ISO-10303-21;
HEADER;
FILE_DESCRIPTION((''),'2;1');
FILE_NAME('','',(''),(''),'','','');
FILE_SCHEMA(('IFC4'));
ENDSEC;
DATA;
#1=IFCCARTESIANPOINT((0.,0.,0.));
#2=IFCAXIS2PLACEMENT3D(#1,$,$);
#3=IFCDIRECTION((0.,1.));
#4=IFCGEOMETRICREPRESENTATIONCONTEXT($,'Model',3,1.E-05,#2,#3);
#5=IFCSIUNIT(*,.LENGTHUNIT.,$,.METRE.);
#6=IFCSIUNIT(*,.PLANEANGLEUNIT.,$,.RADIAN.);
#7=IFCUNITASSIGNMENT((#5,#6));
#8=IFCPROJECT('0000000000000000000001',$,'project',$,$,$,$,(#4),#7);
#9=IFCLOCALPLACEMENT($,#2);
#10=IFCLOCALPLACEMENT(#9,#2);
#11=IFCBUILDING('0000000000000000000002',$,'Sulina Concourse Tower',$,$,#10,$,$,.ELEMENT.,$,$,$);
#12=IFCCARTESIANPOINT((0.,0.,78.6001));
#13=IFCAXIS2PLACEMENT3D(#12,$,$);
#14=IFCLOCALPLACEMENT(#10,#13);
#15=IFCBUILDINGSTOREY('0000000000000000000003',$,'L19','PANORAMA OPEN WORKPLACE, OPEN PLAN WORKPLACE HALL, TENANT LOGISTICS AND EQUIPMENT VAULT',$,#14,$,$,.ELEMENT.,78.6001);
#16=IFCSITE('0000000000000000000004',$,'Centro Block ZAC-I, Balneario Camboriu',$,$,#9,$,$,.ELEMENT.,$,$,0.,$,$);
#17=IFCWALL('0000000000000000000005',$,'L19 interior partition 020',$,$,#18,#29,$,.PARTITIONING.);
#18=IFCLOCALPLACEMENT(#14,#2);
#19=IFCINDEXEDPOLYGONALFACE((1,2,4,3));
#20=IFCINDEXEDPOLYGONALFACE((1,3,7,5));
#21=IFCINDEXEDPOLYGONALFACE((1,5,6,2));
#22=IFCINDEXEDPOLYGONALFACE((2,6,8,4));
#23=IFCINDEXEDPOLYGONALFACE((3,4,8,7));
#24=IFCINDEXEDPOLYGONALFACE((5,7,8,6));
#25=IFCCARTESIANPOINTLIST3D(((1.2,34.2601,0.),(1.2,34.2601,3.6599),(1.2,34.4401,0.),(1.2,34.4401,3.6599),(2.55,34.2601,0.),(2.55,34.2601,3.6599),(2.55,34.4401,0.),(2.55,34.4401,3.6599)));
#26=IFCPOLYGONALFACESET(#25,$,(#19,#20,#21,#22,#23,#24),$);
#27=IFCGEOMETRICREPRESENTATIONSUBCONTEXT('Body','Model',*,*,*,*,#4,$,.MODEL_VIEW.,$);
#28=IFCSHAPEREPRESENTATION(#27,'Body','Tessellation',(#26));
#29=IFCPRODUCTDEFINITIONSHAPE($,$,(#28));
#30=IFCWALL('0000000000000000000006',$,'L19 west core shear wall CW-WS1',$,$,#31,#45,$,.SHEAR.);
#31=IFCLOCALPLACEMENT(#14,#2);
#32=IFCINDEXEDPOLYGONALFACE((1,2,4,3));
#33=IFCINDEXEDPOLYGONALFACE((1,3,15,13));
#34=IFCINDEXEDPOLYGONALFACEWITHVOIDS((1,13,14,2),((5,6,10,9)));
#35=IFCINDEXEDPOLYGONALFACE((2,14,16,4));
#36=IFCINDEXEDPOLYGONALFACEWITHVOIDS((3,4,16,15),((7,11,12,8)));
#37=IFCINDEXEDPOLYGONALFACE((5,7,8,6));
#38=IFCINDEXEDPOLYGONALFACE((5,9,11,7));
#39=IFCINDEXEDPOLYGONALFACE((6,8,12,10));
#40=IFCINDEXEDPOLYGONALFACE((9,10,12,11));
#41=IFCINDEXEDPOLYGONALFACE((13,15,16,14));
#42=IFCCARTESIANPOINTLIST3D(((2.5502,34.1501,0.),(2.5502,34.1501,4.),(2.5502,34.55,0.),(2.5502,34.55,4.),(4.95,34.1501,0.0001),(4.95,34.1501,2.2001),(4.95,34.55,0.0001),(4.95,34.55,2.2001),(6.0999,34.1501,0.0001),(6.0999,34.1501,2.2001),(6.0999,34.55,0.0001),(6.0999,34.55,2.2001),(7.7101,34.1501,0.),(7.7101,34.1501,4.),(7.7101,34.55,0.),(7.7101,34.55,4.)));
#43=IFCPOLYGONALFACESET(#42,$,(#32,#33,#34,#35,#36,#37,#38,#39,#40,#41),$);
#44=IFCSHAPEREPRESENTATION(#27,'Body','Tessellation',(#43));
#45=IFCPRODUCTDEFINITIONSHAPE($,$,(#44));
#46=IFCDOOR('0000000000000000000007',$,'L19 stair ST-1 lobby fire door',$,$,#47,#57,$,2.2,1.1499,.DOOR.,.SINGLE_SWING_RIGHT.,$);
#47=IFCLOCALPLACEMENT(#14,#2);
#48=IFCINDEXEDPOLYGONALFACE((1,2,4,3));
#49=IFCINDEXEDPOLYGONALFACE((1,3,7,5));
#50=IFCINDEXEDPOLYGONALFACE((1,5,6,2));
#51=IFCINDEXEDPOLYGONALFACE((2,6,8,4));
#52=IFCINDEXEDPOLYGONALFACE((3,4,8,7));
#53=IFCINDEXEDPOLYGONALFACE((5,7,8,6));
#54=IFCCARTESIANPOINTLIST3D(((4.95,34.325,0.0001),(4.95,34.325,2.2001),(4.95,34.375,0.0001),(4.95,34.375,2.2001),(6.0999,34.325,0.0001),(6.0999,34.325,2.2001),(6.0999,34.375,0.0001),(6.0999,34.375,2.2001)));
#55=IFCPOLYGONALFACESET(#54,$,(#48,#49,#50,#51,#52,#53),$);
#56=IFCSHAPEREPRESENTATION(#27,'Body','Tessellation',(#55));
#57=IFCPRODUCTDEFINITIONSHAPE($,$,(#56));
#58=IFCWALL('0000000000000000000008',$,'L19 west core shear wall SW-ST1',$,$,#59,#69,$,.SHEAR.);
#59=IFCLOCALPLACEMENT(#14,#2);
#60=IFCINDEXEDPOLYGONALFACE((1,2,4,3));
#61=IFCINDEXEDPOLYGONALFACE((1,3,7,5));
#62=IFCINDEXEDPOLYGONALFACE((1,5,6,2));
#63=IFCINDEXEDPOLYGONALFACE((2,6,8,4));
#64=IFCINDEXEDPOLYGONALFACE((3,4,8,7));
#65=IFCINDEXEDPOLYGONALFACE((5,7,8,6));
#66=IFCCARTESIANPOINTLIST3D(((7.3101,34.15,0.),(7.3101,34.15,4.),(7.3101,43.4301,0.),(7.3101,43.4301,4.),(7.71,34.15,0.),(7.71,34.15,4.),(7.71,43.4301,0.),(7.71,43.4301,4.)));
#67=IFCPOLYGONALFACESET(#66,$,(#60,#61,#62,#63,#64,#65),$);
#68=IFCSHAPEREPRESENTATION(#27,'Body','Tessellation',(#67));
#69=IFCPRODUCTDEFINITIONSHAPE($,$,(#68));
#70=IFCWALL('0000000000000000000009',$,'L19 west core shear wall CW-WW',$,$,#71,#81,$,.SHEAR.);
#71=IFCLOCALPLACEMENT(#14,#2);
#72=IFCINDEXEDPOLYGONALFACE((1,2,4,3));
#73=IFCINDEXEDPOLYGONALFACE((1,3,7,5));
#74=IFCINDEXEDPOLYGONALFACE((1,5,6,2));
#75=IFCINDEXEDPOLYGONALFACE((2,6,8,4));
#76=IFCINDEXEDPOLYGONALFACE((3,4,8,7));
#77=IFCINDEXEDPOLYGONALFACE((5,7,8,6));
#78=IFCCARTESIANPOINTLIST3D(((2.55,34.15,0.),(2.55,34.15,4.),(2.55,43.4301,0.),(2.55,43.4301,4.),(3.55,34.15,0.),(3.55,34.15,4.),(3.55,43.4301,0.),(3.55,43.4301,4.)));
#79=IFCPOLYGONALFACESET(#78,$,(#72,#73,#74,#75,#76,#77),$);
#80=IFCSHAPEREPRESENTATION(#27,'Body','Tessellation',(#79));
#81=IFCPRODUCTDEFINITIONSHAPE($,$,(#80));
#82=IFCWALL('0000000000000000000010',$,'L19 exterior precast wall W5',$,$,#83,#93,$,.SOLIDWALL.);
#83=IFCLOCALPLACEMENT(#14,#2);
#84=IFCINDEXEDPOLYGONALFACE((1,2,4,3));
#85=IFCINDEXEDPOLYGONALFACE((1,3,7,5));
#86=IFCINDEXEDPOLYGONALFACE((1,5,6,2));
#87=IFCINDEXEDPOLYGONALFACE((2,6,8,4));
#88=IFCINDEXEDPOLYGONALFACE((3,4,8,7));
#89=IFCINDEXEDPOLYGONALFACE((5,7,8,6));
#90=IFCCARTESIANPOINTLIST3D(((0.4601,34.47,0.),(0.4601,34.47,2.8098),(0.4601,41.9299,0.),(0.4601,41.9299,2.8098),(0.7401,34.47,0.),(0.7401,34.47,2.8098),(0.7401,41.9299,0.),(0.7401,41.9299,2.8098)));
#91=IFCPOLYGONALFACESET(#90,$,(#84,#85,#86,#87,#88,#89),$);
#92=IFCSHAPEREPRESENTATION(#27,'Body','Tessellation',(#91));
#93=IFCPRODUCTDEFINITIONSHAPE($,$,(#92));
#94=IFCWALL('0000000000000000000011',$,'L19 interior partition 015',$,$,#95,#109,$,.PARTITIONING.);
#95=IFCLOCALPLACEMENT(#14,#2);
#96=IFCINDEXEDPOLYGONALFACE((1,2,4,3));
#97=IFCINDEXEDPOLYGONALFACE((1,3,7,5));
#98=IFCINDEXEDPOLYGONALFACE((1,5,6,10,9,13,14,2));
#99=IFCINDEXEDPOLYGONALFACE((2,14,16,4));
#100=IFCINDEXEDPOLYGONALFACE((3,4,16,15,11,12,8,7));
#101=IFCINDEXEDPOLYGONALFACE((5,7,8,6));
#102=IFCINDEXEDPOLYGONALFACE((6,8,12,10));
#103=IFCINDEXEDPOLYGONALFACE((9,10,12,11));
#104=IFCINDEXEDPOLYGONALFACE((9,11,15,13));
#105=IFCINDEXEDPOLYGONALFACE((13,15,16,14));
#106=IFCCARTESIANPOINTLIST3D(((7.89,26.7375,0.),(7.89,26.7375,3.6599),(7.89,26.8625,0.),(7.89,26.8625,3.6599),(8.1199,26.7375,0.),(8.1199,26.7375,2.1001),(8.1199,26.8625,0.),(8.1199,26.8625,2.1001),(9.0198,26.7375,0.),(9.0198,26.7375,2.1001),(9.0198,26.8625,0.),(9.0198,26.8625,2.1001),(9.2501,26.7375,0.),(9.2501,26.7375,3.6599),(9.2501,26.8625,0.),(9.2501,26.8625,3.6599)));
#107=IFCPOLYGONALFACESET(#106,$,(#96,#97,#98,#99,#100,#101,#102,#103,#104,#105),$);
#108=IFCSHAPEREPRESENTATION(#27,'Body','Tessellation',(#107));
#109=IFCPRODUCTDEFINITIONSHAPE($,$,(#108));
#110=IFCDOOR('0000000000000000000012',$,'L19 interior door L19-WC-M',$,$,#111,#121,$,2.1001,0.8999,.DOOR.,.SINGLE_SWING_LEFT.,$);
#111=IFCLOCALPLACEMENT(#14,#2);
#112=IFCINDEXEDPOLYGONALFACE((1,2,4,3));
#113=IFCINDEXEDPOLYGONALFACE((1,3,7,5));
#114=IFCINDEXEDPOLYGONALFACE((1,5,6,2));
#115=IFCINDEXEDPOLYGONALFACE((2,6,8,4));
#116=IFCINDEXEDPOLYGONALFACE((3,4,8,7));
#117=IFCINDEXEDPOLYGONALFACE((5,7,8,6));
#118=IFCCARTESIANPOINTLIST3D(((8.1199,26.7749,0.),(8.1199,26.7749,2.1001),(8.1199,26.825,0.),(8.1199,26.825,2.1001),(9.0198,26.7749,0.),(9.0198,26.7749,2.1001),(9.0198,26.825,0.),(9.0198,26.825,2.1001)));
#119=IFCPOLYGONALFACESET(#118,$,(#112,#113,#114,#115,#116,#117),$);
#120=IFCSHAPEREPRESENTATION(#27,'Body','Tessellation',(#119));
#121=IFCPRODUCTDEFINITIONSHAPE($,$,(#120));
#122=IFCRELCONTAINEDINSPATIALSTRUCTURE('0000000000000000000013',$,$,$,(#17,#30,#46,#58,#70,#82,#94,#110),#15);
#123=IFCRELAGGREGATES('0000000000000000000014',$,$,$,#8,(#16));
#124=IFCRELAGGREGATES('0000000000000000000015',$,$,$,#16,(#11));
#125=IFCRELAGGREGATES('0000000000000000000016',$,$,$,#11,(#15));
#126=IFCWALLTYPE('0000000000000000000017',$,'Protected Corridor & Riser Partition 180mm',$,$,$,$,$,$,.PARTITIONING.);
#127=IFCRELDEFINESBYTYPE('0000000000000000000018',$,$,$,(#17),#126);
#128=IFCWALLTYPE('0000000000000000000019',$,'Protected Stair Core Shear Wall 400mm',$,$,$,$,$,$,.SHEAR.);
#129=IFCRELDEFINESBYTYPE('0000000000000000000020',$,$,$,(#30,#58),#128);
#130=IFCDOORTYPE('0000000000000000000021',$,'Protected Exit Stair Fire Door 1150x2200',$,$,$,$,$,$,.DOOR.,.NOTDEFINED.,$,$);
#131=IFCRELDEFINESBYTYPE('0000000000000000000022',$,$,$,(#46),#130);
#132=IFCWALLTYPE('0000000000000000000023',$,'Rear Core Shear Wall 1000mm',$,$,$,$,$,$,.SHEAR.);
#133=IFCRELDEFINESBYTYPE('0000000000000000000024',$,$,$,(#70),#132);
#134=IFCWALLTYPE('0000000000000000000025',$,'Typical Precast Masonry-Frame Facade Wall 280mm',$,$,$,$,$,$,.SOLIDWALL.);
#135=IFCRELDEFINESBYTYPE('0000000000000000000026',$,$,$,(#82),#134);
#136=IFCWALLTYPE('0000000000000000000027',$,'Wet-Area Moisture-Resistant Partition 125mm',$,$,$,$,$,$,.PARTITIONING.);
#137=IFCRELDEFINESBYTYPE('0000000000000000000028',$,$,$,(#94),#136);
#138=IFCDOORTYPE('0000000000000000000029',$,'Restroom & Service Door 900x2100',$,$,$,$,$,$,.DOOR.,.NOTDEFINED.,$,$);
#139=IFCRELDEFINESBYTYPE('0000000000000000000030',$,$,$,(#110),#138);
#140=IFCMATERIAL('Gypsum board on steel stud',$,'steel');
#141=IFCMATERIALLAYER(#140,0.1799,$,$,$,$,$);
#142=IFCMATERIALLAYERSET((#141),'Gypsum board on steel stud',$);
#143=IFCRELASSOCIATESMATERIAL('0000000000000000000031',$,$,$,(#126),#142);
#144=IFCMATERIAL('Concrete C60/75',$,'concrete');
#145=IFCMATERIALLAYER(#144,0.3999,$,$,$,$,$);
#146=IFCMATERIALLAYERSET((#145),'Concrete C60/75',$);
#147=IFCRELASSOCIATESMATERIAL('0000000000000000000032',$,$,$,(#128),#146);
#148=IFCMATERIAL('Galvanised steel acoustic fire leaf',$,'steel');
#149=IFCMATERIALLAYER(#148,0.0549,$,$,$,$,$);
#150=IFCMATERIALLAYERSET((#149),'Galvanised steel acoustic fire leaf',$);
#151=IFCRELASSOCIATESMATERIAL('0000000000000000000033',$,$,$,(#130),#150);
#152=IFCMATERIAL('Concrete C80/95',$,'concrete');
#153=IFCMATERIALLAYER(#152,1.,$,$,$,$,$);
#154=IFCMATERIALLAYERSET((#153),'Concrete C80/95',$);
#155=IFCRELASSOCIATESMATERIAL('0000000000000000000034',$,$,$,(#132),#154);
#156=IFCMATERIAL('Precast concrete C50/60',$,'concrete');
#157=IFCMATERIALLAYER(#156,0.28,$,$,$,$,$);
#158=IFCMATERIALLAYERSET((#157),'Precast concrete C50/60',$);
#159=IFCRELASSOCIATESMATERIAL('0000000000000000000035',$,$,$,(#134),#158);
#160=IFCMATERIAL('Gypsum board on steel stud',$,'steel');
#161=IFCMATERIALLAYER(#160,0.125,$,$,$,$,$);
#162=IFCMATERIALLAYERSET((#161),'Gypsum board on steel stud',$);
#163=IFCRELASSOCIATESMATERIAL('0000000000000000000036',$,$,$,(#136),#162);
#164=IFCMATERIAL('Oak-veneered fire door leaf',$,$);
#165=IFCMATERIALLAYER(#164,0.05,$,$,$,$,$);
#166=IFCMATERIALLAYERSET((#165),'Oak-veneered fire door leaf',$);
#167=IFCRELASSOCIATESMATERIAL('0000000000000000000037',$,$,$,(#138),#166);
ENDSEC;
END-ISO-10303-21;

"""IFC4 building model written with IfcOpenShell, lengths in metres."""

from ifc_helpers import new_model, si_unit, direction, frame, frame_2d, origin, place, context, subcontext, project, spatial, rectangle, extrude, material, layer, layer_set, type_object, element, fill, save


model = new_model("IFC4")

# Units and contexts
model_context = context("Model", 3, precision=1e-05, world=origin(), true_north=direction((0.0, 1.0)))
body_context = subcontext(model_context, "Body", "Model", "MODEL_VIEW")
ifc_project = project(units=[si_unit("LENGTHUNIT", "METRE"), si_unit("PLANEANGLEUNIT", "RADIAN")], contexts=[model_context])

# Site, building, storey
site_placement = place(None, origin())
site = spatial("IfcSite", under=ifc_project, at=site_placement, Name="Centro Block ZAC-I, Balneario Camboriu", CompositionType="ELEMENT", RefElevation=0.0)
building_placement = place(site_placement, origin())
building = spatial("IfcBuilding", under=site, at=building_placement, Name="Sulina Concourse Tower", CompositionType="ELEMENT")
storey_placement = place(building_placement, frame((0.0, 0.0, 78.6001)))
storey = spatial("IfcBuildingStorey", under=building, at=storey_placement, Name="L19", Description="PANORAMA OPEN WORKPLACE, OPEN PLAN WORKPLACE HALL, TENANT LOGISTICS AND EQUIPMENT VAULT", CompositionType="ELEMENT", Elevation=78.6001)

# Wall
ifc_material_1 = material(Name="Gypsum board on steel stud", Category="steel")
ifc_layer_1 = layer(ifc_material_1, 0.1799)
ifc_layer_set_1 = layer_set([ifc_layer_1], Name="Gypsum board on steel stud")
wall_type_1 = type_object("IfcWallType", Name="Protected Corridor & Riser Partition 180mm", PredefinedType="PARTITIONING", material=ifc_layer_set_1)
wall_1_placement = place(storey_placement, frame((1.2, 34.3501, 0.0), z_axis=(0.0, 0.0, 1.0), x_axis=(1.0, 0.0, 0.0)))
element("IfcWall", 1, at=wall_1_placement, inside=storey, type_object=wall_type_1, Name="L19 interior partition 020", PredefinedType="PARTITIONING", context=body_context, shape_type="SweptSolid", body=[
    extrude(rectangle(XDim=1.3501, YDim=0.1799, at=frame_2d((0.675, 0.0))), origin(), (0.0, 0.0, 1.0), 3.6599),
])

# Wall, opening, door
ifc_material_2 = material(Name="Concrete C60/75", Category="concrete")
ifc_layer_2 = layer(ifc_material_2, 0.3999)
ifc_layer_set_2 = layer_set([ifc_layer_2], Name="Concrete C60/75")
wall_type_2 = type_object("IfcWallType", Name="Protected Stair Core Shear Wall 400mm", PredefinedType="SHEAR", material=ifc_layer_set_2)
wall_2_placement = place(storey_placement, frame((2.55, 34.3501, 0.0), z_axis=(0.0, 0.0, 1.0), x_axis=(1.0, 0.0, 0.0)))
wall_2 = element("IfcWall", 2, at=wall_2_placement, inside=storey, type_object=wall_type_2, Name="L19 west core shear wall CW-WS1", PredefinedType="SHEAR", context=body_context, shape_type="SweptSolid", body=[
    extrude(rectangle(XDim=5.1599, YDim=0.3999, at=frame_2d((2.5801, 0.0))), origin(), (0.0, 0.0, 1.0), 4.0),
])
opening_1_placement = place(wall_2_placement, frame((2.3999, 0.0, 0.0)))
opening_1 = element("IfcOpeningElement", 3, at=opening_1_placement, cuts=wall_2, PredefinedType="OPENING", context=body_context, shape_type="SweptSolid", body=[
    extrude(rectangle(XDim=1.1499, YDim=2.2, at=frame_2d((0.575, 1.1001))), frame((0.0, 0.21, 0.0), z_axis=(0.0, -1.0, 0.0), x_axis=(1.0, 0.0, 0.0)), (0.0, 0.0, 1.0), 0.4199),
])
ifc_material_3 = material(Name="Galvanised steel acoustic fire leaf", Category="steel")
ifc_layer_3 = layer(ifc_material_3, 0.0549)
ifc_layer_set_3 = layer_set([ifc_layer_3], Name="Galvanised steel acoustic fire leaf")
door_type_1 = type_object("IfcDoorType", Name="Protected Exit Stair Fire Door 1150x2200", OperationType="NOTDEFINED", PredefinedType="DOOR", material=ifc_layer_set_3)
door_1_placement = place(opening_1_placement, origin())
door_1 = element("IfcDoor", 4, at=door_1_placement, inside=storey, type_object=door_type_1, Name="L19 stair ST-1 lobby fire door", OperationType="SINGLE_SWING_RIGHT", OverallHeight=2.2, OverallWidth=1.1499, PredefinedType="DOOR", context=body_context, shape_type="SweptSolid", body=[
    extrude(rectangle(XDim=1.1499, YDim=2.2, at=frame_2d((0.575, 1.1001))), frame((0.0, 0.0249, 0.0), z_axis=(0.0, -1.0, 0.0), x_axis=(1.0, 0.0, 0.0)), (0.0, 0.0, 1.0), 0.05),
])
fill(opening_1, door_1)

# Walls
wall_3_placement = place(storey_placement, frame((7.51, 34.1499, 0.0), z_axis=(0.0, 0.0, 1.0), x_axis=(0.0, 1.0, 0.0)))
element("IfcWall", 5, at=wall_3_placement, inside=storey, type_object=wall_type_2, Name="L19 west core shear wall SW-ST1", PredefinedType="SHEAR", context=body_context, shape_type="SweptSolid", body=[
    extrude(rectangle(XDim=9.28, YDim=0.3999, at=frame_2d((4.6401, 0.0))), origin(), (0.0, 0.0, 1.0), 4.0),
])
ifc_material_4 = material(Name="Concrete C80/95", Category="concrete")
ifc_layer_4 = layer(ifc_material_4, 1.0)
ifc_layer_set_4 = layer_set([ifc_layer_4], Name="Concrete C80/95")
wall_type_3 = type_object("IfcWallType", Name="Rear Core Shear Wall 1000mm", PredefinedType="SHEAR", material=ifc_layer_set_4)
wall_4_placement = place(storey_placement, frame((3.05, 34.1499, 0.0), z_axis=(0.0, 0.0, 1.0), x_axis=(0.0, 1.0, 0.0)))
element("IfcWall", 6, at=wall_4_placement, inside=storey, type_object=wall_type_3, Name="L19 west core shear wall CW-WW", PredefinedType="SHEAR", context=body_context, shape_type="SweptSolid", body=[
    extrude(rectangle(XDim=9.28, YDim=1.0, at=frame_2d((4.6401, 0.0))), origin(), (0.0, 0.0, 1.0), 4.0),
])
ifc_material_5 = material(Name="Precast concrete C50/60", Category="concrete")
ifc_layer_5 = layer(ifc_material_5, 0.28)
ifc_layer_set_5 = layer_set([ifc_layer_5], Name="Precast concrete C50/60")
wall_type_4 = type_object("IfcWallType", Name="Typical Precast Masonry-Frame Facade Wall 280mm", PredefinedType="SOLIDWALL", material=ifc_layer_set_5)
wall_5_placement = place(storey_placement, frame((0.6001, 34.47, 0.0), z_axis=(0.0, 0.0, 1.0), x_axis=(0.0, 1.0, 0.0)))
element("IfcWall", 7, at=wall_5_placement, inside=storey, type_object=wall_type_4, Name="L19 exterior precast wall W5", PredefinedType="SOLIDWALL", context=body_context, shape_type="SweptSolid", body=[
    extrude(rectangle(XDim=7.46, YDim=0.28, at=frame_2d((3.73, 0.0))), origin(), (0.0, 0.0, 1.0), 2.8098),
])

# Wall, opening, door
ifc_material_6 = material(Name="Gypsum board on steel stud", Category="steel")
ifc_layer_6 = layer(ifc_material_6, 0.125)
ifc_layer_set_6 = layer_set([ifc_layer_6], Name="Gypsum board on steel stud")
wall_type_5 = type_object("IfcWallType", Name="Wet-Area Moisture-Resistant Partition 125mm", PredefinedType="PARTITIONING", material=ifc_layer_set_6)
wall_6_placement = place(storey_placement, frame((7.8899, 26.8, 0.0), z_axis=(0.0, 0.0, 1.0), x_axis=(1.0, 0.0, 0.0)))
wall_6 = element("IfcWall", 8, at=wall_6_placement, inside=storey, type_object=wall_type_5, Name="L19 interior partition 015", PredefinedType="PARTITIONING", context=body_context, shape_type="SweptSolid", body=[
    extrude(rectangle(XDim=1.3601, YDim=0.125, at=frame_2d((0.6802, 0.0))), origin(), (0.0, 0.0, 1.0), 3.6599),
])
opening_2_placement = place(wall_6_placement, frame((0.23, 0.0, 0.0)))
opening_2 = element("IfcOpeningElement", 9, at=opening_2_placement, cuts=wall_6, PredefinedType="OPENING", context=body_context, shape_type="SweptSolid", body=[
    extrude(rectangle(XDim=0.8999, YDim=2.1001, at=frame_2d((0.45, 1.05))), frame((0.0, 0.0725, 0.0), z_axis=(0.0, -1.0, 0.0), x_axis=(1.0, 0.0, 0.0)), (0.0, 0.0, 1.0), 0.145),
])
ifc_material_7 = material(Name="Oak-veneered fire door leaf")
ifc_layer_7 = layer(ifc_material_7, 0.05)
ifc_layer_set_7 = layer_set([ifc_layer_7], Name="Oak-veneered fire door leaf")
door_type_2 = type_object("IfcDoorType", Name="Restroom & Service Door 900x2100", OperationType="NOTDEFINED", PredefinedType="DOOR", material=ifc_layer_set_7)
door_2_placement = place(opening_2_placement, origin())
door_2 = element("IfcDoor", 10, at=door_2_placement, inside=storey, type_object=door_type_2, Name="L19 interior door L19-WC-M", OperationType="SINGLE_SWING_LEFT", OverallHeight=2.1001, OverallWidth=0.8999, PredefinedType="DOOR", context=body_context, shape_type="SweptSolid", body=[
    extrude(rectangle(XDim=0.8999, YDim=2.1001, at=frame_2d((0.45, 1.05))), frame((0.0, 0.0249, 0.0), z_axis=(0.0, -1.0, 0.0), x_axis=(1.0, 0.0, 0.0)), (0.0, 0.0, 1.0), 0.05),
])
fill(opening_2, door_2)

save(model, "model.ifc")
